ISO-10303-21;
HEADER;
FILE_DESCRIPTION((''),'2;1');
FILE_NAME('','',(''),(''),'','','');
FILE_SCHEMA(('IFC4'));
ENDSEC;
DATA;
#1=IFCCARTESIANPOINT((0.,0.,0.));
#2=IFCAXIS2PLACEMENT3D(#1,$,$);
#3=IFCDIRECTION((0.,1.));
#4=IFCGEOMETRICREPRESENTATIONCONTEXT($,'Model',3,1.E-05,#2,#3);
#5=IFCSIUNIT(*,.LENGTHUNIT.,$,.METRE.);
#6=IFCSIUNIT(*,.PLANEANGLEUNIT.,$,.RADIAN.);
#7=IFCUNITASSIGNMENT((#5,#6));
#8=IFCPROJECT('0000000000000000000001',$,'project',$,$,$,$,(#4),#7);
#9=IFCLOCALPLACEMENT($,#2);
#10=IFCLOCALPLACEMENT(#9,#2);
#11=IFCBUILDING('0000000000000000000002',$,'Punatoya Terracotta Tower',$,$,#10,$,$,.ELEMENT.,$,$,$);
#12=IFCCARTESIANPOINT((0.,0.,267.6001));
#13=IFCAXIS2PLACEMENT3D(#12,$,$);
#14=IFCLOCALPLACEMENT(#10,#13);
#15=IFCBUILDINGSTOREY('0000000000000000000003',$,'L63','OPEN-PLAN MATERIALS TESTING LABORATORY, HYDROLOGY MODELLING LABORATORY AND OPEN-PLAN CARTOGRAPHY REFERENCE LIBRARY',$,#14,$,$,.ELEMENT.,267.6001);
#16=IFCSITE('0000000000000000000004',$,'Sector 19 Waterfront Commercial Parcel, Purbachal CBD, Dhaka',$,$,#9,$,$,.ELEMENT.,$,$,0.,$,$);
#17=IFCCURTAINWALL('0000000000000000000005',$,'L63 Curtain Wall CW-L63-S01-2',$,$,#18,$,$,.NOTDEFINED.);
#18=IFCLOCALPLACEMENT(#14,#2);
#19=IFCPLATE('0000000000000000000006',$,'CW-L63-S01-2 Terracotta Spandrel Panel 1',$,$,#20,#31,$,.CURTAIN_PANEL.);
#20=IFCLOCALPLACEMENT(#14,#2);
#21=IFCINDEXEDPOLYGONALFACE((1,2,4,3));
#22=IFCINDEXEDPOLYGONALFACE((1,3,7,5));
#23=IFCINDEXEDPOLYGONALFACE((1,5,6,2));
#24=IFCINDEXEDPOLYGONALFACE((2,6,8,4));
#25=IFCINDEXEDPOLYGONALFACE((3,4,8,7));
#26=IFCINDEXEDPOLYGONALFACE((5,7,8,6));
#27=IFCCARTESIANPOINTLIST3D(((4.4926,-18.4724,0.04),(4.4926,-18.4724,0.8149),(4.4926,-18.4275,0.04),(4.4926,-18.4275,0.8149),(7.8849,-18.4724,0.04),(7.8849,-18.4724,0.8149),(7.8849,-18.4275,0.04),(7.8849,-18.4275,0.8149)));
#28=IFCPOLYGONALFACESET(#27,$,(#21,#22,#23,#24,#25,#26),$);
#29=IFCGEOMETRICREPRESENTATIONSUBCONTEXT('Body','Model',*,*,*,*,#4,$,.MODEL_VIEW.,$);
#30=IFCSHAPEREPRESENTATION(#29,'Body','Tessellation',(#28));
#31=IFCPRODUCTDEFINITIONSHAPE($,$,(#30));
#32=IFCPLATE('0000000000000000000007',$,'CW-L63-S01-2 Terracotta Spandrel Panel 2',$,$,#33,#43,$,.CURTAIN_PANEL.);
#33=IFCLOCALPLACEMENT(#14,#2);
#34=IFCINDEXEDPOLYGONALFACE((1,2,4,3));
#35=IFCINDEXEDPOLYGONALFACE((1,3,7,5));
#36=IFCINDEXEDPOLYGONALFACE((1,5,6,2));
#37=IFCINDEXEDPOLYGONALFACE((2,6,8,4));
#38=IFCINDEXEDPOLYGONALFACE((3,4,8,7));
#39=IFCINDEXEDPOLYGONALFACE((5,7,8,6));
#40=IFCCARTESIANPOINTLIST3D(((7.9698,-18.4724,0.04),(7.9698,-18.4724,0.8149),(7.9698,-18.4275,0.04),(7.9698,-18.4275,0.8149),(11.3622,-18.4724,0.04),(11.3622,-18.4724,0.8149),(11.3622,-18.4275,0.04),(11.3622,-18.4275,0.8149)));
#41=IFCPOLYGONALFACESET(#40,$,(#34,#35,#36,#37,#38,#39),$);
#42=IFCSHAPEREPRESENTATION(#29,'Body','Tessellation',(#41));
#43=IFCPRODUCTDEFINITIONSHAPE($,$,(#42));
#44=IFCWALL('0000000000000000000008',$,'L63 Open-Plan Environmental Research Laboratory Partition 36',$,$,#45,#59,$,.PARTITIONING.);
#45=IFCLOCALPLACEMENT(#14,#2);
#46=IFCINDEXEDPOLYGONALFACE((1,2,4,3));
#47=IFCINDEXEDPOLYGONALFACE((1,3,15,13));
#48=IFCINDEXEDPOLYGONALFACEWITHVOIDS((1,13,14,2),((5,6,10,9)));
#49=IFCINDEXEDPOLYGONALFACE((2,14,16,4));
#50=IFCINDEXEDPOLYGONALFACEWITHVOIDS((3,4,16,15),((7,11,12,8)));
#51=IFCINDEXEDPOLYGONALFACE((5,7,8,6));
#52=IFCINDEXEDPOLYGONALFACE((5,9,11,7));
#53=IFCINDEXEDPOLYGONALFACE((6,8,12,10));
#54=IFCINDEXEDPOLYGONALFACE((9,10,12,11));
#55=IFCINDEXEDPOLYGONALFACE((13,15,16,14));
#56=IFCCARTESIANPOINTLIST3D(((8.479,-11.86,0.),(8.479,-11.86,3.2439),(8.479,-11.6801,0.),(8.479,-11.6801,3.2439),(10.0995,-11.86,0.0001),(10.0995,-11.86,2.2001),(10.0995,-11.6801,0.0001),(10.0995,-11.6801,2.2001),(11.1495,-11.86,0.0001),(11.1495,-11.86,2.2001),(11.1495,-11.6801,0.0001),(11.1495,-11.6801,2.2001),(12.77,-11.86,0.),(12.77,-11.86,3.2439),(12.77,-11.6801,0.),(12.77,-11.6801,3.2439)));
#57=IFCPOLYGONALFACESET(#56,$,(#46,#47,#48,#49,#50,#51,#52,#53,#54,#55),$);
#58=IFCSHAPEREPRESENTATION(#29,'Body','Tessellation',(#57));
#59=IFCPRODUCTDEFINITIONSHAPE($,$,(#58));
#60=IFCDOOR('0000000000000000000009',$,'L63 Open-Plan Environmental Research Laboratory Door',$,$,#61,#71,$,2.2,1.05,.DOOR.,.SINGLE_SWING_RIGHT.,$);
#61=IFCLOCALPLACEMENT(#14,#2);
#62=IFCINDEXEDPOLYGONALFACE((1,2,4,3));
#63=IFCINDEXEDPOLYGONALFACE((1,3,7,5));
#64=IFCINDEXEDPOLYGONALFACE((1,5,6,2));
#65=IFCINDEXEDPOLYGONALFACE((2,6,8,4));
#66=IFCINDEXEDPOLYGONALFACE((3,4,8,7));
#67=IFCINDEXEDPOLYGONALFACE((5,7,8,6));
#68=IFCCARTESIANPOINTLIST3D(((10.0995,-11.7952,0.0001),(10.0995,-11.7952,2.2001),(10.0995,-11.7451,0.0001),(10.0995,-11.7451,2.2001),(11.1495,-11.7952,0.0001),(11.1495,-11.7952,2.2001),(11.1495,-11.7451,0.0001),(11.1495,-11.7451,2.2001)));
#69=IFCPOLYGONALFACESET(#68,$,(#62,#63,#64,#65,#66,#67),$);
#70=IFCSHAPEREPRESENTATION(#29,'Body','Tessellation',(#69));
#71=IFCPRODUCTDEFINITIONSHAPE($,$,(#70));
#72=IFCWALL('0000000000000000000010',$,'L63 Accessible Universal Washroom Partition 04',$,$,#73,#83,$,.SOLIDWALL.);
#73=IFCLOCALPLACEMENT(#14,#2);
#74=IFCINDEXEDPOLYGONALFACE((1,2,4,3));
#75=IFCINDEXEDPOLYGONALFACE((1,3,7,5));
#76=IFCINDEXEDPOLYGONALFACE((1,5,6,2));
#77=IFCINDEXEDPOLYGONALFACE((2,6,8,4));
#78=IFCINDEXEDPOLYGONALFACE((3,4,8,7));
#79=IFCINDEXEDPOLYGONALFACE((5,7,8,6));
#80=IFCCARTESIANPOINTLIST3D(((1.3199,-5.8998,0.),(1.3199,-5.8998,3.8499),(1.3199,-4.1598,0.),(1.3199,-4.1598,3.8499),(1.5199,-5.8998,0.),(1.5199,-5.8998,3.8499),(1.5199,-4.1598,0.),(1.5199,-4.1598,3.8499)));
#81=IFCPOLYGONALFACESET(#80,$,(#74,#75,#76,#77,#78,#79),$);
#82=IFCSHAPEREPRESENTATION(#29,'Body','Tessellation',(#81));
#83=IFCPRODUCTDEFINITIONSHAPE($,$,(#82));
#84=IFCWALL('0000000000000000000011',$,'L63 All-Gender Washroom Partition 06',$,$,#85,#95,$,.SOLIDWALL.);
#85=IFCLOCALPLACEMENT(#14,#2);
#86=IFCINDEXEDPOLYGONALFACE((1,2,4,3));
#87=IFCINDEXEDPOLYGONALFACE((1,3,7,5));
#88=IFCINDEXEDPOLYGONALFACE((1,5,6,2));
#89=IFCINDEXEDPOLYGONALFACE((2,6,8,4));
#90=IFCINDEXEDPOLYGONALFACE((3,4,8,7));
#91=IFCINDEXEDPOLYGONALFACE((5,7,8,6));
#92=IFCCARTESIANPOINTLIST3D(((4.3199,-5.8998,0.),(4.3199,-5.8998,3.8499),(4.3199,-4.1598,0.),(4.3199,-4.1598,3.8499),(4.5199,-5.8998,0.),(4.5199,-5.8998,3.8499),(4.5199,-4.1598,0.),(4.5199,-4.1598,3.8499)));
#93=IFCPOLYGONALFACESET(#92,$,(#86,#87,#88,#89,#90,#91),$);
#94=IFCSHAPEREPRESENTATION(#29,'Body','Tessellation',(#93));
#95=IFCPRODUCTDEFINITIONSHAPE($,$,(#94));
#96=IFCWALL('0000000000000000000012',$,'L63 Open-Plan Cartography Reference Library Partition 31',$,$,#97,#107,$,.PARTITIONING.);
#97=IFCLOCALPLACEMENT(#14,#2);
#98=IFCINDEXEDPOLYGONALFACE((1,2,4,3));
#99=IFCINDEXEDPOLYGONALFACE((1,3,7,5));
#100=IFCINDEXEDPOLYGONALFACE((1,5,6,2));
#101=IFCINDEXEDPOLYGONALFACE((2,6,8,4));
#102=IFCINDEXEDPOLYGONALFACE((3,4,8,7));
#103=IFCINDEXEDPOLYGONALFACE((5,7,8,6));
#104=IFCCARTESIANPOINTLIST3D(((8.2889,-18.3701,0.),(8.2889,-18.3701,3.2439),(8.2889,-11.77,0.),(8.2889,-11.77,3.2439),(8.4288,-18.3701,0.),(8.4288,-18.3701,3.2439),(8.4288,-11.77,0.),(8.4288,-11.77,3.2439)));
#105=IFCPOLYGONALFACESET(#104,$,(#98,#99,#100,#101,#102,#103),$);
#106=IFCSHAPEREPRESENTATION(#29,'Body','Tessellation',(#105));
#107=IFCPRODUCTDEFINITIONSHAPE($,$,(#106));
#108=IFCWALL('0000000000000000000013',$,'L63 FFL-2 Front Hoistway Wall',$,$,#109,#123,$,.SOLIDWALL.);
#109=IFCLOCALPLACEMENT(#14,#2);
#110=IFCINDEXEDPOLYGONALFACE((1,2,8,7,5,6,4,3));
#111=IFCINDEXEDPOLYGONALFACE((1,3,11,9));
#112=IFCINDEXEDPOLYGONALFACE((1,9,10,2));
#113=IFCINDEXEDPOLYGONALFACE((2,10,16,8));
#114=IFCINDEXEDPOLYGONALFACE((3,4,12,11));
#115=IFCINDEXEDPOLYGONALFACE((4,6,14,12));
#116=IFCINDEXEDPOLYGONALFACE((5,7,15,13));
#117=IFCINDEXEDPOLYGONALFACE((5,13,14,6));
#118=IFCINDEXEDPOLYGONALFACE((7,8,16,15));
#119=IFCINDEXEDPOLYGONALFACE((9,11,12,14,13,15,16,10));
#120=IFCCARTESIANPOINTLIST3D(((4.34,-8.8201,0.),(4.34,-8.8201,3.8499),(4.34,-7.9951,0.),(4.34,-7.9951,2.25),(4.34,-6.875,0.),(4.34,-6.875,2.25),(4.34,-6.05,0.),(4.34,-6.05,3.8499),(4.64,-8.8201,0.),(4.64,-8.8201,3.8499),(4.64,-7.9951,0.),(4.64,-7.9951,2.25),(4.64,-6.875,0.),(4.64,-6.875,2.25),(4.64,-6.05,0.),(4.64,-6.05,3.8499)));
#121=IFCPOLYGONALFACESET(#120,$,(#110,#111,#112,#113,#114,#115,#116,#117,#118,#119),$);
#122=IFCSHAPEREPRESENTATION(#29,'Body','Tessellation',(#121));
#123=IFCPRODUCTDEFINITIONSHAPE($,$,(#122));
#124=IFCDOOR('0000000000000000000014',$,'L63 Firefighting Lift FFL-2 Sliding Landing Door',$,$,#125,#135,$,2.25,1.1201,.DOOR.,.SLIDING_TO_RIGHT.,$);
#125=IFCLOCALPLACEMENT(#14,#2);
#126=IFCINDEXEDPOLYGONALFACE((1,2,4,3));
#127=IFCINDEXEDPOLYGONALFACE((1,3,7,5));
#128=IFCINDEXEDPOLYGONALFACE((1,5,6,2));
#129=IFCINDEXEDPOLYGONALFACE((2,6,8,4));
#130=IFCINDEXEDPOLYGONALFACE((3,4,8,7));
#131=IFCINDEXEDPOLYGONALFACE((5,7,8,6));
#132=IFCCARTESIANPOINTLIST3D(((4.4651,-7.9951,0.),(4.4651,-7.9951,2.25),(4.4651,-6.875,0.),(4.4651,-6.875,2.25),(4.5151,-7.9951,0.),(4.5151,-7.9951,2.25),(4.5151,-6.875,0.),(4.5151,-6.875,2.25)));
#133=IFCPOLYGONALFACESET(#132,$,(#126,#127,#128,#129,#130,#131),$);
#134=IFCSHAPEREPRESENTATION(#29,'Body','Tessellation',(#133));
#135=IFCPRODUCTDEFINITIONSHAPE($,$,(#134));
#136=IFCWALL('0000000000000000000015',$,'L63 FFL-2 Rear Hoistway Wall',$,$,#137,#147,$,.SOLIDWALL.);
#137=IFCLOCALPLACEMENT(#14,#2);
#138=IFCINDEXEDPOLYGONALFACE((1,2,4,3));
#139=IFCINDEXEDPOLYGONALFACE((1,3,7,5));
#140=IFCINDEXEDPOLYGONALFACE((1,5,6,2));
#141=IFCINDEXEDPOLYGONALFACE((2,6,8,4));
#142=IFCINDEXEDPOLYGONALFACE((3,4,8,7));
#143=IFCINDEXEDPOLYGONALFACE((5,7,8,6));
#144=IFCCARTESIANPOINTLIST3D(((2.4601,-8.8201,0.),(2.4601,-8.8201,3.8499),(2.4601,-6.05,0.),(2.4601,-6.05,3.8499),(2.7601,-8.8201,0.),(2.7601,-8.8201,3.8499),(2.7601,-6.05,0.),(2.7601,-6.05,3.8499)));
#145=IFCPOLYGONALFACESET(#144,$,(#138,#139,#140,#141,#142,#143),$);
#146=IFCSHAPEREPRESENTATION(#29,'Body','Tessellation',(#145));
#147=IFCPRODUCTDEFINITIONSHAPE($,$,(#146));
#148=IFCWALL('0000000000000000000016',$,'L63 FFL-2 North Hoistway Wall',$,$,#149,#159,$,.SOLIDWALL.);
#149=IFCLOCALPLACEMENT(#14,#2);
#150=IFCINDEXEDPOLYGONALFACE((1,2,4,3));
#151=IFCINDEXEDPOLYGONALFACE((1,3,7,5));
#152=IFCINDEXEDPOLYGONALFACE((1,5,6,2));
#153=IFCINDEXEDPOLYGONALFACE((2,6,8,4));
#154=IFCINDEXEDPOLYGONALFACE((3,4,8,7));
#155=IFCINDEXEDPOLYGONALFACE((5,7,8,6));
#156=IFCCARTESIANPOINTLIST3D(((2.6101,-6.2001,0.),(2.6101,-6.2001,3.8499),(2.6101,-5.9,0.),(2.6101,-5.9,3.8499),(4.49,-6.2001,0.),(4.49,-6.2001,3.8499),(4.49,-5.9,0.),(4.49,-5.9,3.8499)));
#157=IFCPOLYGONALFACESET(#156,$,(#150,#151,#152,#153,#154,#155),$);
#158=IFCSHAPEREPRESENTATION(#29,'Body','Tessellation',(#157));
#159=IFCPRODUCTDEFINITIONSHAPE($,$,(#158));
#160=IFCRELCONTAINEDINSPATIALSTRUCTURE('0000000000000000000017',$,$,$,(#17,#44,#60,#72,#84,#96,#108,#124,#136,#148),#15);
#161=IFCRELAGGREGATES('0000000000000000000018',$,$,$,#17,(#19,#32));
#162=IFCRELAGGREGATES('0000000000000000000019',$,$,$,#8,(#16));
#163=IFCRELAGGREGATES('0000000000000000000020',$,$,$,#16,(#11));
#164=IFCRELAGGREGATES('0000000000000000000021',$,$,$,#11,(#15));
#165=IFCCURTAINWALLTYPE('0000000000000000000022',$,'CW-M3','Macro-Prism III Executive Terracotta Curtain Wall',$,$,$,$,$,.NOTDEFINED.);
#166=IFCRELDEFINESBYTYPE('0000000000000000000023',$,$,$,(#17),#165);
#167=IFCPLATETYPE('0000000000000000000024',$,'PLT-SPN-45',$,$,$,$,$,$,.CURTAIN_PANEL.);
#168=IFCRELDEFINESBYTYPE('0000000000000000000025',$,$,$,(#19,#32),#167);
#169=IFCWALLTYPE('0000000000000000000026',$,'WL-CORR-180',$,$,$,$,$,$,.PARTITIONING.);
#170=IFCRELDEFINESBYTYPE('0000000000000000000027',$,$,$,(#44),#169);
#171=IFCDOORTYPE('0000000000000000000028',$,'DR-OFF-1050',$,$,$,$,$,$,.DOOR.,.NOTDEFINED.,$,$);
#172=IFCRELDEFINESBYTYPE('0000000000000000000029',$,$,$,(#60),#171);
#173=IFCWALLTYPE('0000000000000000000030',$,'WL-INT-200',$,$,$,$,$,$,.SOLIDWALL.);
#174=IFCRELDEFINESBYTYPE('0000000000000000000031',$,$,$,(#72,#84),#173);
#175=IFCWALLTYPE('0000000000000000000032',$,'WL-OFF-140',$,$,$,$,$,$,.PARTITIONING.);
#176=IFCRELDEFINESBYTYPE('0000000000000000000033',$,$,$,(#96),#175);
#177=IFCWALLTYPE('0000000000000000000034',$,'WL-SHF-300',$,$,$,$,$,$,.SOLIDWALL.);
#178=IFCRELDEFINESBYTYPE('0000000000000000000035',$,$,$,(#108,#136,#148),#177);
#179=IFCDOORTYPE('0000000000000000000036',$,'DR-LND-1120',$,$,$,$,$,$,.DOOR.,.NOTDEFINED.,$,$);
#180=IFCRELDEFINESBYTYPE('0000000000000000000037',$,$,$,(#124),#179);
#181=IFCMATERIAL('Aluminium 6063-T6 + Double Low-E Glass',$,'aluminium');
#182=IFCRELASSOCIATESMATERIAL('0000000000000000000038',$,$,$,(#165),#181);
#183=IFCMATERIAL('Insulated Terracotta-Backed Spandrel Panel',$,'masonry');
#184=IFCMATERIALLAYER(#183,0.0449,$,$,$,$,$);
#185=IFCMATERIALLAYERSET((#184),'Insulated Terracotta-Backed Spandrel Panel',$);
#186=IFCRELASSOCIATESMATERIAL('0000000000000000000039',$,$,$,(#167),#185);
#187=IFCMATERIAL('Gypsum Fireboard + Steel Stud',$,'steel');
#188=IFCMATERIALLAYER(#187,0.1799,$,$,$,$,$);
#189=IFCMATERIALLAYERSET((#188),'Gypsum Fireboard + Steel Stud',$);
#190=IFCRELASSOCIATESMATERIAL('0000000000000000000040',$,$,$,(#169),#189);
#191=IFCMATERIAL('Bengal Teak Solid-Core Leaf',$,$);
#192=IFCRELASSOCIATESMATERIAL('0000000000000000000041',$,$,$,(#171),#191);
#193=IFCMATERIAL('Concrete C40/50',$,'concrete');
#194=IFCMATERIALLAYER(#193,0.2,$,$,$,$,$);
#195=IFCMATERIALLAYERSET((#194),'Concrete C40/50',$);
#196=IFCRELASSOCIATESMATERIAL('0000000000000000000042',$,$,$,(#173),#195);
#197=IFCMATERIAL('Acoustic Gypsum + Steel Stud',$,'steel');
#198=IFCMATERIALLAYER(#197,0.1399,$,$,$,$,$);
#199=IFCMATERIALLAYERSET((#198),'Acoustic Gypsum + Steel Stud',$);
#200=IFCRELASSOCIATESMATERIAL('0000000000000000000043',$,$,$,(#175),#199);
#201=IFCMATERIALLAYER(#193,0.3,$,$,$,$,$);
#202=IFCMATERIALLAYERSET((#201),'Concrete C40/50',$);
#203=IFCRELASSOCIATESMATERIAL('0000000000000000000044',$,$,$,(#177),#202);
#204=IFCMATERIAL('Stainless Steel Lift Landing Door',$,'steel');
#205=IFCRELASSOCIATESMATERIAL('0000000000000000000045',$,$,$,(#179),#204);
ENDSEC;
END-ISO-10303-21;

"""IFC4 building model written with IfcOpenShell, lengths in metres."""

from ifc_helpers import new_model, si_unit, direction, frame, frame_2d, origin, origin_2d, place, context, subcontext, project, spatial, rectangle, extrude, material, layer, layer_set, type_object, element, fill, aggregate, save


model = new_model("IFC4")

# Units and contexts
model_context = context("Model", 3, precision=1e-05, world=origin(), true_north=direction((0.0, 1.0)))
body_context = subcontext(model_context, "Body", "Model", "MODEL_VIEW")
ifc_project = project(units=[si_unit("LENGTHUNIT", "METRE"), si_unit("PLANEANGLEUNIT", "RADIAN")], contexts=[model_context])

# Site, building, storey
site_placement = place(None, origin())
site = spatial("IfcSite", under=ifc_project, at=site_placement, Name="Sector 19 Waterfront Commercial Parcel, Purbachal CBD, Dhaka", CompositionType="ELEMENT", RefElevation=0.0)
building_placement = place(site_placement, origin())
building = spatial("IfcBuilding", under=site, at=building_placement, Name="Punatoya Terracotta Tower", CompositionType="ELEMENT")
storey_placement = place(building_placement, frame((0.0, 0.0, 267.6001)))
storey = spatial("IfcBuildingStorey", under=building, at=storey_placement, Name="L63", Description="OPEN-PLAN MATERIALS TESTING LABORATORY, HYDROLOGY MODELLING LABORATORY AND OPEN-PLAN CARTOGRAPHY REFERENCE LIBRARY", CompositionType="ELEMENT", Elevation=267.6001)

# Curtain wall
ifc_material_1 = material(Name="Aluminium 6063-T6 + Double Low-E Glass", Category="aluminium")
curtain_wall_type = type_object("IfcCurtainWallType", Name="CW-M3", Description="Macro-Prism III Executive Terracotta Curtain Wall", PredefinedType="NOTDEFINED", material=ifc_material_1)
curtain_wall_placement = place(storey_placement, origin())
curtain_wall = element("IfcCurtainWall", 1, at=curtain_wall_placement, inside=storey, type_object=curtain_wall_type, Name="L63 Curtain Wall CW-L63-S01-2", PredefinedType="NOTDEFINED")

# Plates
ifc_material_2 = material(Name="Insulated Terracotta-Backed Spandrel Panel", Category="masonry")
ifc_layer_1 = layer(ifc_material_2, 0.0449)
ifc_layer_set_1 = layer_set([ifc_layer_1], Name="Insulated Terracotta-Backed Spandrel Panel")
plate_type_1 = type_object("IfcPlateType", Name="PLT-SPN-45", PredefinedType="CURTAIN_PANEL", material=ifc_layer_set_1)
plate_1_placement = place(storey_placement, frame((6.1887, -18.45, 0.04), z_axis=(0.0, 0.0, 1.0), x_axis=(1.0, 0.0, 0.0)))
plate_1 = element("IfcPlate", 2, at=plate_1_placement, type_object=plate_type_1, Name="CW-L63-S01-2 Terracotta Spandrel Panel 1", PredefinedType="CURTAIN_PANEL", context=body_context, shape_type="SweptSolid", body=[
    extrude(rectangle(XDim=3.3923, YDim=0.0449, at=origin_2d()), origin(), (0.0, 0.0, 1.0), 0.7749),
])
plate_2_placement = place(storey_placement, frame((9.666, -18.45, 0.04), z_axis=(0.0, 0.0, 1.0), x_axis=(1.0, 0.0, 0.0)))
plate_2 = element("IfcPlate", 3, at=plate_2_placement, type_object=plate_type_1, Name="CW-L63-S01-2 Terracotta Spandrel Panel 2", PredefinedType="CURTAIN_PANEL", context=body_context, shape_type="SweptSolid", body=[
    extrude(rectangle(XDim=3.3923, YDim=0.0449, at=origin_2d()), origin(), (0.0, 0.0, 1.0), 0.7749),
])
aggregate(curtain_wall, [plate_1, plate_2])

# Wall, opening, door
ifc_material_3 = material(Name="Gypsum Fireboard + Steel Stud", Category="steel")
ifc_layer_2 = layer(ifc_material_3, 0.1799)
ifc_layer_set_2 = layer_set([ifc_layer_2], Name="Gypsum Fireboard + Steel Stud")
wall_type_1 = type_object("IfcWallType", Name="WL-CORR-180", PredefinedType="PARTITIONING", material=ifc_layer_set_2)
wall_1_placement = place(storey_placement, frame((8.479, -11.77, 0.0), z_axis=(0.0, 0.0, 1.0), x_axis=(1.0, 0.0, 0.0)))
wall_1 = element("IfcWall", 4, at=wall_1_placement, inside=storey, type_object=wall_type_1, Name="L63 Open-Plan Environmental Research Laboratory Partition 36", PredefinedType="PARTITIONING", context=body_context, shape_type="SweptSolid", body=[
    extrude(rectangle(XDim=4.291, YDim=0.1799, at=frame_2d((2.1455, 0.0))), origin(), (0.0, 0.0, 1.0), 3.2439),
])
opening_1_placement = place(wall_1_placement, frame((1.6206, 0.0, 0.0)))
opening_1 = element("IfcOpeningElement", 5, at=opening_1_placement, cuts=wall_1, PredefinedType="OPENING", context=body_context, shape_type="SweptSolid", body=[
    extrude(rectangle(XDim=1.05, YDim=2.2, at=frame_2d((0.5249, 1.1001))), frame((0.0, 0.0999, 0.0), z_axis=(0.0, -1.0, 0.0), x_axis=(1.0, 0.0, 0.0)), (0.0, 0.0, 1.0), 0.2),
])
ifc_material_4 = material(Name="Bengal Teak Solid-Core Leaf")
door_type_1 = type_object("IfcDoorType", Name="DR-OFF-1050", OperationType="NOTDEFINED", PredefinedType="DOOR", material=ifc_material_4)
door_1_placement = place(opening_1_placement, origin())
door_1 = element("IfcDoor", 6, at=door_1_placement, inside=storey, type_object=door_type_1, Name="L63 Open-Plan Environmental Research Laboratory Door", OperationType="SINGLE_SWING_RIGHT", OverallHeight=2.2, OverallWidth=1.05, PredefinedType="DOOR", context=body_context, shape_type="SweptSolid", body=[
    extrude(rectangle(XDim=1.05, YDim=2.2, at=frame_2d((0.5249, 1.1001))), frame((0.0, 0.0249, 0.0), z_axis=(0.0, -1.0, 0.0), x_axis=(1.0, 0.0, 0.0)), (0.0, 0.0, 1.0), 0.05),
])
fill(opening_1, door_1)

# Walls
ifc_material_5 = material(Name="Concrete C40/50", Category="concrete")
ifc_layer_3 = layer(ifc_material_5, 0.2)
ifc_layer_set_3 = layer_set([ifc_layer_3], Name="Concrete C40/50")
wall_type_2 = type_object("IfcWallType", Name="WL-INT-200", PredefinedType="SOLIDWALL", material=ifc_layer_set_3)
for number, where, z_axis, x_axis, name in (
    (7, (1.4199, -5.8999, 0.0), (0.0, 0.0, 1.0), (0.0, 1.0, 0.0), "L63 Accessible Universal Washroom Partition 04"),
    (8, (4.4199, -5.8999, 0.0), (0.0, 0.0, 1.0), (0.0, 1.0, 0.0), "L63 All-Gender Washroom Partition 06"),
):
    element("IfcWall", number, at=place(storey_placement, frame(where, z_axis=z_axis, x_axis=x_axis)), inside=storey, type_object=wall_type_2, Name=name, PredefinedType="SOLIDWALL", context=body_context, shape_type="SweptSolid", body=[
        extrude(rectangle(XDim=1.74, YDim=0.2, at=frame_2d((0.8701, 0.0))), origin(), (0.0, 0.0, 1.0), 3.8499),
    ])
ifc_material_6 = material(Name="Acoustic Gypsum + Steel Stud", Category="steel")
ifc_layer_4 = layer(ifc_material_6, 0.1399)
ifc_layer_set_4 = layer_set([ifc_layer_4], Name="Acoustic Gypsum + Steel Stud")
wall_type_3 = type_object("IfcWallType", Name="WL-OFF-140", PredefinedType="PARTITIONING", material=ifc_layer_set_4)
wall_2_placement = place(storey_placement, frame((8.3589, -11.77, 0.0), z_axis=(0.0, 0.0, 1.0), x_axis=(0.0, -1.0, 0.0)))
element("IfcWall", 9, at=wall_2_placement, inside=storey, type_object=wall_type_3, Name="L63 Open-Plan Cartography Reference Library Partition 31", PredefinedType="PARTITIONING", context=body_context, shape_type="SweptSolid", body=[
    extrude(rectangle(XDim=6.6001, YDim=0.1399, at=frame_2d((3.3, 0.0))), origin(), (0.0, 0.0, 1.0), 3.2439),
])

# Wall, opening, door
ifc_layer_5 = layer(ifc_material_5, 0.3)
ifc_layer_set_5 = layer_set([ifc_layer_5], Name="Concrete C40/50")
wall_type_4 = type_object("IfcWallType", Name="WL-SHF-300", PredefinedType="SOLIDWALL", material=ifc_layer_set_5)
wall_3_placement = place(storey_placement, frame((4.49, -8.8201, 0.0), z_axis=(0.0, 0.0, 1.0), x_axis=(0.0, 1.0, 0.0)))
wall_3 = element("IfcWall", 10, at=wall_3_placement, inside=storey, type_object=wall_type_4, Name="L63 FFL-2 Front Hoistway Wall", PredefinedType="SOLIDWALL", context=body_context, shape_type="SweptSolid", body=[
    extrude(rectangle(XDim=2.77, YDim=0.3, at=frame_2d((1.385, 0.0))), origin(), (0.0, 0.0, 1.0), 3.8499),
])
opening_2_placement = place(wall_3_placement, frame((0.825, 0.0, 0.0)))
opening_2 = element("IfcOpeningElement", 11, at=opening_2_placement, cuts=wall_3, PredefinedType="OPENING", context=body_context, shape_type="SweptSolid", body=[
    extrude(rectangle(XDim=1.1201, YDim=2.25, at=frame_2d((0.5601, 1.125))), frame((0.0, 0.1599, 0.0), z_axis=(0.0, -1.0, 0.0), x_axis=(1.0, 0.0, 0.0)), (0.0, 0.0, 1.0), 0.3201),
])
ifc_material_7 = material(Name="Stainless Steel Lift Landing Door", Category="steel")
door_type_2 = type_object("IfcDoorType", Name="DR-LND-1120", OperationType="NOTDEFINED", PredefinedType="DOOR", material=ifc_material_7)
door_2_placement = place(opening_2_placement, origin())
door_2 = element("IfcDoor", 12, at=door_2_placement, inside=storey, type_object=door_type_2, Name="L63 Firefighting Lift FFL-2 Sliding Landing Door", OperationType="SLIDING_TO_RIGHT", OverallHeight=2.25, OverallWidth=1.1201, PredefinedType="DOOR", context=body_context, shape_type="SweptSolid", body=[
    extrude(rectangle(XDim=1.1201, YDim=2.25, at=frame_2d((0.5601, 1.125))), frame((0.0, 0.0249, 0.0), z_axis=(0.0, -1.0, 0.0), x_axis=(1.0, 0.0, 0.0)), (0.0, 0.0, 1.0), 0.05),
])
fill(opening_2, door_2)

# Walls
wall_4_placement = place(storey_placement, frame((2.6101, -8.8201, 0.0), z_axis=(0.0, 0.0, 1.0), x_axis=(0.0, 1.0, 0.0)))
element("IfcWall", 13, at=wall_4_placement, inside=storey, type_object=wall_type_4, Name="L63 FFL-2 Rear Hoistway Wall", PredefinedType="SOLIDWALL", context=body_context, shape_type="SweptSolid", body=[
    extrude(rectangle(XDim=2.77, YDim=0.3, at=frame_2d((1.385, 0.0))), origin(), (0.0, 0.0, 1.0), 3.8499),
])
wall_5_placement = place(storey_placement, frame((2.6101, -6.05, 0.0), z_axis=(0.0, 0.0, 1.0), x_axis=(1.0, 0.0, 0.0)))
element("IfcWall", 14, at=wall_5_placement, inside=storey, type_object=wall_type_4, Name="L63 FFL-2 North Hoistway Wall", PredefinedType="SOLIDWALL", context=body_context, shape_type="SweptSolid", body=[
    extrude(rectangle(XDim=1.8799, YDim=0.3, at=frame_2d((0.9399, 0.0))), origin(), (0.0, 0.0, 1.0), 3.8499),
])

save(model, "model.ifc")
